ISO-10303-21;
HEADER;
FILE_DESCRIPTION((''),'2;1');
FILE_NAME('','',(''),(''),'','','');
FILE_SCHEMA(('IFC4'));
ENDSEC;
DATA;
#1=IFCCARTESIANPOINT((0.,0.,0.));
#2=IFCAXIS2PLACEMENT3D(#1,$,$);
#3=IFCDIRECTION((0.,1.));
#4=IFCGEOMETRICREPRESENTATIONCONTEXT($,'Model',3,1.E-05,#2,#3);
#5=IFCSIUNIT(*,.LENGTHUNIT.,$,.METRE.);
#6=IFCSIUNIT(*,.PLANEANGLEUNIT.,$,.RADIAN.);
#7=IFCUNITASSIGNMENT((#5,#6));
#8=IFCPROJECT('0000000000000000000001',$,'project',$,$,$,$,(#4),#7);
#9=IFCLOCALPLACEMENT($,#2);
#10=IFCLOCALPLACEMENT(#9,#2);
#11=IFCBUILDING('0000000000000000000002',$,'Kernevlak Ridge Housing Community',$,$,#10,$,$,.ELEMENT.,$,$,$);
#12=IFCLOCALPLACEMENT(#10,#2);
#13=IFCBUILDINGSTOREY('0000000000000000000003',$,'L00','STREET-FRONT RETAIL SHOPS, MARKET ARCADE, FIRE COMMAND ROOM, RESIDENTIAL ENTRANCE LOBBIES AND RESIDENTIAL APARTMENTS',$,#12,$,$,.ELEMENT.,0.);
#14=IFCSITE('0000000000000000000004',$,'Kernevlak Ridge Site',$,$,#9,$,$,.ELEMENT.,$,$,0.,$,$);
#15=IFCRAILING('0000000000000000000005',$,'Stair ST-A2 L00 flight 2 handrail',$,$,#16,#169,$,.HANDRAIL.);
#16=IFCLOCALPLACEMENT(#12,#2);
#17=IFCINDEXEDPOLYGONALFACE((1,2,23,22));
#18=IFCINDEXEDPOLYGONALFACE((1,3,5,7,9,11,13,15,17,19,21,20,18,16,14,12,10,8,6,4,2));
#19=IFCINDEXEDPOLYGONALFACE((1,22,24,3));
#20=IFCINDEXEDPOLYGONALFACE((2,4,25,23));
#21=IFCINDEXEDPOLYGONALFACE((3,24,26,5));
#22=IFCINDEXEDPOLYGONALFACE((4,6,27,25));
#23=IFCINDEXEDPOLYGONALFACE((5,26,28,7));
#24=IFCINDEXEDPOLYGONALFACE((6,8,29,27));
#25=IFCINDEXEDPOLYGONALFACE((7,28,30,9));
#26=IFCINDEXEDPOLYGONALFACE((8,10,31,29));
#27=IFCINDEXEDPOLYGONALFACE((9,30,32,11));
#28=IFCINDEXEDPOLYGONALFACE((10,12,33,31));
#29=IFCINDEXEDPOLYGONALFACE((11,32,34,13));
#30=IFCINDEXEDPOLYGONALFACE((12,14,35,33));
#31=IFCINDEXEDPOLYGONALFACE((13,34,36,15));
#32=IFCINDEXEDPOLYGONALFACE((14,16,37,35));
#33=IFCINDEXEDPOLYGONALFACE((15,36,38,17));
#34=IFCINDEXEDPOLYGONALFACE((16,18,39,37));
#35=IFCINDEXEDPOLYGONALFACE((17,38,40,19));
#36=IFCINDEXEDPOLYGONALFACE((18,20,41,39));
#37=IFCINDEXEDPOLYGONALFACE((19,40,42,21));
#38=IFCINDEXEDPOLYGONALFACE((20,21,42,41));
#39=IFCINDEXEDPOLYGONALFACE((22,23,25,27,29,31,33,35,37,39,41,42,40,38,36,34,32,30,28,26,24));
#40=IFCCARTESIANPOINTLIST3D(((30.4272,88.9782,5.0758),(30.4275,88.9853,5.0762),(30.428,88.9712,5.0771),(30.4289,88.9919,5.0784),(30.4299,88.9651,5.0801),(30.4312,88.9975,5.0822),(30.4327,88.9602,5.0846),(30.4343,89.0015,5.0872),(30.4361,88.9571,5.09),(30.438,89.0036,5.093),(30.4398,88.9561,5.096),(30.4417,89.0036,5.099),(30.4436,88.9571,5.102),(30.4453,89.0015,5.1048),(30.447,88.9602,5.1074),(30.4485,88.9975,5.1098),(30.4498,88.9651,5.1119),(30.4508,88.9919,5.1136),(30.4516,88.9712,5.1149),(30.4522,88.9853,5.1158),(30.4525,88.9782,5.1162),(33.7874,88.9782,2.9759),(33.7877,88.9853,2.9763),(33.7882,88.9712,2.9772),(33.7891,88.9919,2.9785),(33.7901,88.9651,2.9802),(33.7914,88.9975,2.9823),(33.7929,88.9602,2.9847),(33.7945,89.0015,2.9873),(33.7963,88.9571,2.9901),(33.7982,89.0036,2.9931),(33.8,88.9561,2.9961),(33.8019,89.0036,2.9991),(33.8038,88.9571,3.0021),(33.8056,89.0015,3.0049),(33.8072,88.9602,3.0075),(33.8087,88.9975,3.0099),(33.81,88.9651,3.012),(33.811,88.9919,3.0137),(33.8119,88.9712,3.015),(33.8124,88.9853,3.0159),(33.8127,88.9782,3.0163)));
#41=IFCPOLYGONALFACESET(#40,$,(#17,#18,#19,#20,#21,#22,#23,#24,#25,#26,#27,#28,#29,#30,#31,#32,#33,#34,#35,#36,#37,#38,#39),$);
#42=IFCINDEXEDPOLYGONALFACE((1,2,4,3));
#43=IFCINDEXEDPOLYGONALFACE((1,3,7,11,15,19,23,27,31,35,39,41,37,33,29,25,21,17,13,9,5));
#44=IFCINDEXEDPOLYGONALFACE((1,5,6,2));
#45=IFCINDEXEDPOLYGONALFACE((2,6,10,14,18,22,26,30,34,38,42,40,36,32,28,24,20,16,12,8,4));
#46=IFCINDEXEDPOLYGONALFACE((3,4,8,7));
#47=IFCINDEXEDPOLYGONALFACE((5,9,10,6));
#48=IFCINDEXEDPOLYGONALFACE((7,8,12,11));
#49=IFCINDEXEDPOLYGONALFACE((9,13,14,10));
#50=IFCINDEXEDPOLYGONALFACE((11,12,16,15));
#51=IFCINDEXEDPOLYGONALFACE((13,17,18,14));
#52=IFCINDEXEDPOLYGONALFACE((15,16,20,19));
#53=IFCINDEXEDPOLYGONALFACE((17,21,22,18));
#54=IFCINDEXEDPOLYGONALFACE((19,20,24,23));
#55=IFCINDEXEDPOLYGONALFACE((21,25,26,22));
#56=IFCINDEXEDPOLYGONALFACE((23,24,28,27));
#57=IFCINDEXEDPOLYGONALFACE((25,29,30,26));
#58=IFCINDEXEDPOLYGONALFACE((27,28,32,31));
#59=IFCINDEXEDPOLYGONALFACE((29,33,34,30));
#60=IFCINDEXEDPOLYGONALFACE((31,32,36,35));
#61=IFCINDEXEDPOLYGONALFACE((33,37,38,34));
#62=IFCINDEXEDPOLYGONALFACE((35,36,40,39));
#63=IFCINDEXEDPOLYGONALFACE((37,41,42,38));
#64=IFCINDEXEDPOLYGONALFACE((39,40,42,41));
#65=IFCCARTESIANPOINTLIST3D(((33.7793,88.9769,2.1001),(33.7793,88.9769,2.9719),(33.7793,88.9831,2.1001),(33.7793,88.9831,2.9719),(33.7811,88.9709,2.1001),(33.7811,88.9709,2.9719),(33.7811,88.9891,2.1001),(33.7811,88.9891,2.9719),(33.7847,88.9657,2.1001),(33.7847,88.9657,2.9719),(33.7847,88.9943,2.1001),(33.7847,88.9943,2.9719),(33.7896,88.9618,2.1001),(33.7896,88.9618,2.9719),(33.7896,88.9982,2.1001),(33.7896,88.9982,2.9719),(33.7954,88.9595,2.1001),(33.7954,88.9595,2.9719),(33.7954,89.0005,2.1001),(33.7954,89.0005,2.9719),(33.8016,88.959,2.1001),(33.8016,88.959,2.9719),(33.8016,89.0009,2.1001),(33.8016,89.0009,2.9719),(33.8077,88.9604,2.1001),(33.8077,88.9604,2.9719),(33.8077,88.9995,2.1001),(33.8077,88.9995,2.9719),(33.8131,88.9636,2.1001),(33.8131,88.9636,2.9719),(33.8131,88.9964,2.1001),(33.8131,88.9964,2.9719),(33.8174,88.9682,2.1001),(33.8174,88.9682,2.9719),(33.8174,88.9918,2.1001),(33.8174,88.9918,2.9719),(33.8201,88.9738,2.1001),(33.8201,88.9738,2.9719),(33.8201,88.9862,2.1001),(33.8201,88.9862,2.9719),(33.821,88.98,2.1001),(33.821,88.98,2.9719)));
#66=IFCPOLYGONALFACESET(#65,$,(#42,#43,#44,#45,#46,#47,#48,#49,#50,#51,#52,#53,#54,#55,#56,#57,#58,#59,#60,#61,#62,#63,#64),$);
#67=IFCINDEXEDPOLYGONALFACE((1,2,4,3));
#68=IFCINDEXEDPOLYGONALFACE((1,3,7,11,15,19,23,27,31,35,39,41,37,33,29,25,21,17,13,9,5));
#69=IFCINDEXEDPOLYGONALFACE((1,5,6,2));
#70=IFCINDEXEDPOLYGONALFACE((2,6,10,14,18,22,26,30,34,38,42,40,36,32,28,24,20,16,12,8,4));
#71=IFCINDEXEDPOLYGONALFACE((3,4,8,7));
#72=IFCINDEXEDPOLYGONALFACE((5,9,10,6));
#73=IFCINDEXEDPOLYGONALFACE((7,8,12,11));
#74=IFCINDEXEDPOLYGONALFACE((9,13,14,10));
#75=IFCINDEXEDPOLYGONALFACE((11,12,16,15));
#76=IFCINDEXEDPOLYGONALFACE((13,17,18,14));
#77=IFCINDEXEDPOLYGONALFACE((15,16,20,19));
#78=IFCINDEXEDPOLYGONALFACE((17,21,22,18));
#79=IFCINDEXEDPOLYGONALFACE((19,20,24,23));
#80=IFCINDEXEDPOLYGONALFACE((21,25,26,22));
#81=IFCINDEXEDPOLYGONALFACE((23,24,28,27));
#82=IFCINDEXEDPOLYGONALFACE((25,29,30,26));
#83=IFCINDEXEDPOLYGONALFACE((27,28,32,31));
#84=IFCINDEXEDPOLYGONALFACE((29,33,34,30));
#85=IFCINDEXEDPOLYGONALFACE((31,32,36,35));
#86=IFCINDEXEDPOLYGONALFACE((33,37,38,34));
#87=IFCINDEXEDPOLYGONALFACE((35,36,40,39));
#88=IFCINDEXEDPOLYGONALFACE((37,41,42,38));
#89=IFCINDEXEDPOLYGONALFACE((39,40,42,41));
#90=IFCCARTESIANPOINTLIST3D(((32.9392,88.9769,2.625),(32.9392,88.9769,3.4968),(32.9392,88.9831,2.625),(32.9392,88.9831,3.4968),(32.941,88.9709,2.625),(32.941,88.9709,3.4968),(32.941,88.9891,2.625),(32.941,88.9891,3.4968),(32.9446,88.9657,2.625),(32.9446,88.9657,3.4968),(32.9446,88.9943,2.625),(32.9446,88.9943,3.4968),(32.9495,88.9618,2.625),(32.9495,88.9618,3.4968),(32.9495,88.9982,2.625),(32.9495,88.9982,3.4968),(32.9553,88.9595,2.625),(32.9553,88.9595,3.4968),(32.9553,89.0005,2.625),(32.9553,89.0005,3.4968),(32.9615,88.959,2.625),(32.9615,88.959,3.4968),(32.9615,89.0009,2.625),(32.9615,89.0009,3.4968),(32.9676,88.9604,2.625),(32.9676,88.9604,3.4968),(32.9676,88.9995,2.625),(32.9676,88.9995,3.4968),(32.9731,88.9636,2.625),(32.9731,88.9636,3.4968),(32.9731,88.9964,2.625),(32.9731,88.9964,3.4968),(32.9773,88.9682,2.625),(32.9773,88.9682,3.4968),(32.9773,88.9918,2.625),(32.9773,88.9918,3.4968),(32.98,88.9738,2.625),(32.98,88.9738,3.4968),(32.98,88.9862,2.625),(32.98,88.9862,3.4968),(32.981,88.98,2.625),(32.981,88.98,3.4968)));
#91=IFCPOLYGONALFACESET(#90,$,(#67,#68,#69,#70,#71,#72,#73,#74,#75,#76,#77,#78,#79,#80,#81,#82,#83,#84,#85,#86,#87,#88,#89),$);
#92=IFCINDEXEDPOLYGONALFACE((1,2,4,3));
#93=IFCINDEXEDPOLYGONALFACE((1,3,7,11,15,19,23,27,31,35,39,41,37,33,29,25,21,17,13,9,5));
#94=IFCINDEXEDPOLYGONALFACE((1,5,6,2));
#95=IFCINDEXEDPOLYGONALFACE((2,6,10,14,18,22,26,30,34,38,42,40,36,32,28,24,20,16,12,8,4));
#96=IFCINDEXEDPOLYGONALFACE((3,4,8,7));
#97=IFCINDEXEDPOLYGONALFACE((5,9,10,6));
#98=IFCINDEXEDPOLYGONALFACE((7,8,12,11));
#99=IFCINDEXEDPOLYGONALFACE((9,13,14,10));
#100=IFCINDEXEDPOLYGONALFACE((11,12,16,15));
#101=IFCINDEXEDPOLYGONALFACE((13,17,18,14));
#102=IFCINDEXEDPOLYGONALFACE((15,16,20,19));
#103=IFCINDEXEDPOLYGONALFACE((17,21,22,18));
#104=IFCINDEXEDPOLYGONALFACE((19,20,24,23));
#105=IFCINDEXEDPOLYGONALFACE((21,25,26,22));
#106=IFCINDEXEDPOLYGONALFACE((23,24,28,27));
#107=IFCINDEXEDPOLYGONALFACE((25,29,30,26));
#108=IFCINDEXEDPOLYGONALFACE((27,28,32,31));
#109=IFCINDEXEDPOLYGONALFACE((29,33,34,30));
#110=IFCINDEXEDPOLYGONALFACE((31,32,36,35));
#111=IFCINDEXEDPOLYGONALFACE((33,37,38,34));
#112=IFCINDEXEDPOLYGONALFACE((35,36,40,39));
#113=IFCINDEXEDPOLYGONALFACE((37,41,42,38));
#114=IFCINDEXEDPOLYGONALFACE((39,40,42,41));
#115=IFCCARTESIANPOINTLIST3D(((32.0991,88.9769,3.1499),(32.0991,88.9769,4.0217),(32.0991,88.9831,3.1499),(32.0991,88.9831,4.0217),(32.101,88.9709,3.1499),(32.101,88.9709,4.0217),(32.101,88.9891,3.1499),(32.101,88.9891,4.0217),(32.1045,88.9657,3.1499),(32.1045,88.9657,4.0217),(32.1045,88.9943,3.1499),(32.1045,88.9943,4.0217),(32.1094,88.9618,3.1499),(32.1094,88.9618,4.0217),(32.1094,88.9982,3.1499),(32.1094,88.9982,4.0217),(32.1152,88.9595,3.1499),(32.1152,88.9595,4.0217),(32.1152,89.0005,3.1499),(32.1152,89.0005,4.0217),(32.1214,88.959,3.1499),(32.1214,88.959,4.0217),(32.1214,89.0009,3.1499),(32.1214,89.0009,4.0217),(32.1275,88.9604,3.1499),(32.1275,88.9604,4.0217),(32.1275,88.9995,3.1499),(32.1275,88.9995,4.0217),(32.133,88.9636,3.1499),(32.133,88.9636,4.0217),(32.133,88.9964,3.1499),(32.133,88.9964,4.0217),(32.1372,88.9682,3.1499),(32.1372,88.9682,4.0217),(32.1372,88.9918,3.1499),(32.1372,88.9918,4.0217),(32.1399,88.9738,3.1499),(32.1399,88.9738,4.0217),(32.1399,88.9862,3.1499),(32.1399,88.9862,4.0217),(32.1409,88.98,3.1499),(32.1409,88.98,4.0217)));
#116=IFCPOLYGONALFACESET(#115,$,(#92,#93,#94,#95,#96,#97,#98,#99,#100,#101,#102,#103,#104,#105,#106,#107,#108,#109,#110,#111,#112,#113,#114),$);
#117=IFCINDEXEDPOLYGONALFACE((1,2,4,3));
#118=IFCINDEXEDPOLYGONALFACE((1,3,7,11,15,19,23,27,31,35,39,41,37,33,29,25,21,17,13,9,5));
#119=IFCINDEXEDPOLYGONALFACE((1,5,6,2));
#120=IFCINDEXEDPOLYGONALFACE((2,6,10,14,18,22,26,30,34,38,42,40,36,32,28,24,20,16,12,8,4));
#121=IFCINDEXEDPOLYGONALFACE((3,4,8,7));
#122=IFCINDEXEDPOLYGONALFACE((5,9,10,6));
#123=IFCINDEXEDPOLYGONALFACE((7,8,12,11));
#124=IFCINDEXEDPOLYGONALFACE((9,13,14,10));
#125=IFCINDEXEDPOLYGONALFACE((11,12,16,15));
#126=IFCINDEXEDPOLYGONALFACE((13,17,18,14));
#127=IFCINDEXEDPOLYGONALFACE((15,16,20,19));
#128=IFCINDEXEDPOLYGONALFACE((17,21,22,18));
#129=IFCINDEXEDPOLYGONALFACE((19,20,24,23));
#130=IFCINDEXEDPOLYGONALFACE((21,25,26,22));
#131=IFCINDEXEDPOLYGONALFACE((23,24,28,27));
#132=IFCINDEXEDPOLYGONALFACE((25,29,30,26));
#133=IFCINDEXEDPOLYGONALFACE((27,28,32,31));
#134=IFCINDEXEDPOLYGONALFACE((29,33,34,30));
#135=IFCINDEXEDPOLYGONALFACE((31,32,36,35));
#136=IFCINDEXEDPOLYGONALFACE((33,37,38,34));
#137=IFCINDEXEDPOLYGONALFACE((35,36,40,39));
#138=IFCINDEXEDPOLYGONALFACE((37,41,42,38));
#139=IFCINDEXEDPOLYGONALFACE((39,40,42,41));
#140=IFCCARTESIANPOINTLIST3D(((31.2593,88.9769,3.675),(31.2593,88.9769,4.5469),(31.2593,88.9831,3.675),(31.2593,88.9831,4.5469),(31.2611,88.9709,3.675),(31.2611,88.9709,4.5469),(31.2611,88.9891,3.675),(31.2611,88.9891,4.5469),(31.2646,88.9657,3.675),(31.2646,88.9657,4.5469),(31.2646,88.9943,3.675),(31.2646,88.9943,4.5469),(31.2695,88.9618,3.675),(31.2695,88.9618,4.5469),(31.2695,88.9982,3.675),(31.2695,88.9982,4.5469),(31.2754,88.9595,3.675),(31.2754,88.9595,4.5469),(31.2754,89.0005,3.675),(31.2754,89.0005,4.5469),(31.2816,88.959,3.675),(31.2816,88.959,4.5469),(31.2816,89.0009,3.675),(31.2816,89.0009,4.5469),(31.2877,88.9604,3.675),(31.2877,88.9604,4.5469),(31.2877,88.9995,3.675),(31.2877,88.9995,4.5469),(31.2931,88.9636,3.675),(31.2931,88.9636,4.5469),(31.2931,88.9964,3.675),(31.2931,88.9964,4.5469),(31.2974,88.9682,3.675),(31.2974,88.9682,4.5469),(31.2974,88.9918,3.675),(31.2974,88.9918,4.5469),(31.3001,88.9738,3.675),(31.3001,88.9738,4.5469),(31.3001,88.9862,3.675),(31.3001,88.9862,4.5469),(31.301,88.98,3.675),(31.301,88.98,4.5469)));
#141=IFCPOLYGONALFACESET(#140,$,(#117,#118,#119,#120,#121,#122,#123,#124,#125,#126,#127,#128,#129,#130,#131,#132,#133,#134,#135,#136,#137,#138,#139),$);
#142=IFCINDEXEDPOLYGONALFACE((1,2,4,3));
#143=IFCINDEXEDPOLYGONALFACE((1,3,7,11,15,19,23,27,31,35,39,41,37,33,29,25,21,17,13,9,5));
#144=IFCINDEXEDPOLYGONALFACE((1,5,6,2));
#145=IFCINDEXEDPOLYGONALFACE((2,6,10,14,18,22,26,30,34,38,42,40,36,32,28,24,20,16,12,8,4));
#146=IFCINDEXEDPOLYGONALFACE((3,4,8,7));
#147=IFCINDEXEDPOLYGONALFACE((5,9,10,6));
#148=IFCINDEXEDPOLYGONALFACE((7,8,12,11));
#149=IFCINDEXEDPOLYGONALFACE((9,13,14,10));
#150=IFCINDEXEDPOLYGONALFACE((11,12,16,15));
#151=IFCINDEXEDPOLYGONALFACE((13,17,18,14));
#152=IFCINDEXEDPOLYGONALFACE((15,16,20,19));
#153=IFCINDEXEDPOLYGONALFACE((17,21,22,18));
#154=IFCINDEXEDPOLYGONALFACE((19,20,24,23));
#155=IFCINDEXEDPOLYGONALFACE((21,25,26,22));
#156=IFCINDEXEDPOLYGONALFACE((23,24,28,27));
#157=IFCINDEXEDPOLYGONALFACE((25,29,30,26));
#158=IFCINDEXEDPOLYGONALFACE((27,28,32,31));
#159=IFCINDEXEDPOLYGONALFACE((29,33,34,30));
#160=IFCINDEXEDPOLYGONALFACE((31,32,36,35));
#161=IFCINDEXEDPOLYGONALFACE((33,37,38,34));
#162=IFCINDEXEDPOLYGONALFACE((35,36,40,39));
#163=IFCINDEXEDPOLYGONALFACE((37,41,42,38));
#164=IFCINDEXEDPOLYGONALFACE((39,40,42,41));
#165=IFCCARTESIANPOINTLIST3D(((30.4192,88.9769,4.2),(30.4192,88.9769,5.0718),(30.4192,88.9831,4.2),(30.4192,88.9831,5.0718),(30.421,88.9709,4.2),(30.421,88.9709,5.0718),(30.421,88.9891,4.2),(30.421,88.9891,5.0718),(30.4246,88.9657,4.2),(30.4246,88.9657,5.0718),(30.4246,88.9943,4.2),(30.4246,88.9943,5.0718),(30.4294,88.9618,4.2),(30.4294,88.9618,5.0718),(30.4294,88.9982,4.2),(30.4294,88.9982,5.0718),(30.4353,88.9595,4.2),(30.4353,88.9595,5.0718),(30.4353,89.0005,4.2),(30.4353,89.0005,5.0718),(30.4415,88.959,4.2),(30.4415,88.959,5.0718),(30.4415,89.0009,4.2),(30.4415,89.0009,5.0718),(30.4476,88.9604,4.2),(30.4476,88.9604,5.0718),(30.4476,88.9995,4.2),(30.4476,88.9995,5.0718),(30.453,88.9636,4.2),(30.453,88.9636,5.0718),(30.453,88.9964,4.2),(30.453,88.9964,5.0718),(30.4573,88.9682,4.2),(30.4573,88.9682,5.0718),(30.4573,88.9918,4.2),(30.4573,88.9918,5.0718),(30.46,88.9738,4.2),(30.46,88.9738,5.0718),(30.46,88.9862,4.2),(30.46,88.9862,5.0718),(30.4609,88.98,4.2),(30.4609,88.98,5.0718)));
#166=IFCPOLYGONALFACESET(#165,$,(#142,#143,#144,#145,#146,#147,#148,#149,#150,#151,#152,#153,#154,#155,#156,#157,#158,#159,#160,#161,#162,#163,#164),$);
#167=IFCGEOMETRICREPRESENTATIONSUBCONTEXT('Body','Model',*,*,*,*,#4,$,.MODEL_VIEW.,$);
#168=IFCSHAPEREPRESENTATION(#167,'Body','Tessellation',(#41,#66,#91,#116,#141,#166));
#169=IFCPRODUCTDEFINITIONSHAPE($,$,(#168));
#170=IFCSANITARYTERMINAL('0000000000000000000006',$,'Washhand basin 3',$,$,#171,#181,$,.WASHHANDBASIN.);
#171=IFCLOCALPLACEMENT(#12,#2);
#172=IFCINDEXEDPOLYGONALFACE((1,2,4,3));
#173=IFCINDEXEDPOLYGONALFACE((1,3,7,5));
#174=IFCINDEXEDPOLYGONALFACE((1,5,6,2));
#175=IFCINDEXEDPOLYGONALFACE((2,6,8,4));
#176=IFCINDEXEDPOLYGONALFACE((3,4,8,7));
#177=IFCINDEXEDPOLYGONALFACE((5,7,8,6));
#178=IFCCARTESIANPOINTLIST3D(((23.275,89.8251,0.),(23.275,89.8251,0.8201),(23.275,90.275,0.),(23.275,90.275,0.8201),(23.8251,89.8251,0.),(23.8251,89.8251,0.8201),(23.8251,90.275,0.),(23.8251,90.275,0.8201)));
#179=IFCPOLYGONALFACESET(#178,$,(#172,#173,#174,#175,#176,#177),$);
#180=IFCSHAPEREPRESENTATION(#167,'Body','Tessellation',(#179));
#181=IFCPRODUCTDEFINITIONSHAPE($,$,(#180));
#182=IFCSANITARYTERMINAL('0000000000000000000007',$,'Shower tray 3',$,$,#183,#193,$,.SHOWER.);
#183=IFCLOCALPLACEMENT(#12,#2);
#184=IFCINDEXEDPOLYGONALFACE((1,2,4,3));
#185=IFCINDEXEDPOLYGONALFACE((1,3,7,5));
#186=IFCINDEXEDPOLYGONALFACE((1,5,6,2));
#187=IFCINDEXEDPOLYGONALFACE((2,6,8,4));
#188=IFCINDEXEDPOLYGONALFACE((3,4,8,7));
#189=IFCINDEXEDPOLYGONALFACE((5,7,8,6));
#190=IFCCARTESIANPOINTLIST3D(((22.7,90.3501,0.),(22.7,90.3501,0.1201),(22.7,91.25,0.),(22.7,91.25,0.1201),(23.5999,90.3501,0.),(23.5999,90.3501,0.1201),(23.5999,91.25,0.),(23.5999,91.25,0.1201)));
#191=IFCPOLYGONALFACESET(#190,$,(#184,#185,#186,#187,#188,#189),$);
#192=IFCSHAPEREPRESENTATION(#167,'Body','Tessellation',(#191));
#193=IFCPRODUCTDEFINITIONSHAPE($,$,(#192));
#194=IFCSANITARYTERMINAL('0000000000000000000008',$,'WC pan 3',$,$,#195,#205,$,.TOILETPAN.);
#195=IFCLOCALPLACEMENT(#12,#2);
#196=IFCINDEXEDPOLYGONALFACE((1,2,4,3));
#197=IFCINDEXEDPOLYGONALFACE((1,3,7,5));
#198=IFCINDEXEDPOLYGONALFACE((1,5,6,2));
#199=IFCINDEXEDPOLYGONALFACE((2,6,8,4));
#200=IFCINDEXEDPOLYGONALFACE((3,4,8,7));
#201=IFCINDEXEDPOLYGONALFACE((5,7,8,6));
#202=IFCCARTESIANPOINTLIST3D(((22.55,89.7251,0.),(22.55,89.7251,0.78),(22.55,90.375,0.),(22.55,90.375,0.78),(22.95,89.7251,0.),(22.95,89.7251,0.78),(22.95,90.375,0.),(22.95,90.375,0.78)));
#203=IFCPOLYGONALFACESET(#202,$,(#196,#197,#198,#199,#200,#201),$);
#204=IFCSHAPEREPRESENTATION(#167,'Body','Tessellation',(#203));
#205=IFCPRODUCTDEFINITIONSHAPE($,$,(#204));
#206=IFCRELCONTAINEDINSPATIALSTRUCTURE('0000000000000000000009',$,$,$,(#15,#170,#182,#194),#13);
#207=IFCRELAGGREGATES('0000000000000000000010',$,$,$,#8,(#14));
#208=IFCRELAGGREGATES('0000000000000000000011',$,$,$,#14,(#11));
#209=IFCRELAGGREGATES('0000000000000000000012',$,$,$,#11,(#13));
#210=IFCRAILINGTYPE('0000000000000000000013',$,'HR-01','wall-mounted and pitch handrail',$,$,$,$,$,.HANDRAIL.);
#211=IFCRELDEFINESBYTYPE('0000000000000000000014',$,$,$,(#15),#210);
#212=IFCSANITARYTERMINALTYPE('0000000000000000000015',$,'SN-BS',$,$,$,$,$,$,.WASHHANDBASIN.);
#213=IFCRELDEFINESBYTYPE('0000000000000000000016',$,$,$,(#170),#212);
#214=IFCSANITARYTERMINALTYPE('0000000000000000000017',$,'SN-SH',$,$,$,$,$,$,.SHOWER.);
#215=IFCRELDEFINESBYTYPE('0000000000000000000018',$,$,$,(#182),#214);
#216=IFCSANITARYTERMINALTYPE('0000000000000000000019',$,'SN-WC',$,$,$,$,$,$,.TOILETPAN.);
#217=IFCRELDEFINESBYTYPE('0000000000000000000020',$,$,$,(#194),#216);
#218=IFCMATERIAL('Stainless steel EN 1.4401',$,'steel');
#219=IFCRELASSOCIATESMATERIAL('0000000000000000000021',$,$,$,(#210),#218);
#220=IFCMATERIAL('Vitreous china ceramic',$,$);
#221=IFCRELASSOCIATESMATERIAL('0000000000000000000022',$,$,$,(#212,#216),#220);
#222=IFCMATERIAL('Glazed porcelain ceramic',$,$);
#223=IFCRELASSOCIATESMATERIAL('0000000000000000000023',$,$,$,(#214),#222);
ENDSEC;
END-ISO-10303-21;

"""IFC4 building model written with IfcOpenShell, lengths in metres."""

from ifc_helpers import new_model, si_unit, direction, frame, origin, origin_2d, place, context, subcontext, project, spatial, rectangle, circle, extrude, material, type_object, element, save


model = new_model("IFC4")

# Units and contexts
model_context = context("Model", 3, precision=1e-05, world=origin(), true_north=direction((0.0, 1.0)))
body_context = subcontext(model_context, "Body", "Model", "MODEL_VIEW")
ifc_project = project(units=[si_unit("LENGTHUNIT", "METRE"), si_unit("PLANEANGLEUNIT", "RADIAN")], contexts=[model_context])

# Site, building, storey
site_placement = place(None, origin())
site = spatial("IfcSite", under=ifc_project, at=site_placement, Name="Kernevlak Ridge Site", CompositionType="ELEMENT", RefElevation=0.0)
building_placement = place(site_placement, origin())
building = spatial("IfcBuilding", under=site, at=building_placement, Name="Kernevlak Ridge Housing Community", CompositionType="ELEMENT")
storey_placement = place(building_placement, origin())
storey = spatial("IfcBuildingStorey", under=building, at=storey_placement, Name="L00", Description="STREET-FRONT RETAIL SHOPS, MARKET ARCADE, FIRE COMMAND ROOM, RESIDENTIAL ENTRANCE LOBBIES AND RESIDENTIAL APARTMENTS", CompositionType="ELEMENT", Elevation=0.0)

# Railing
ifc_material_1 = material(Name="Stainless steel EN 1.4401", Category="steel")
railing_type_1 = type_object("IfcRailingType", Name="HR-01", Description="wall-mounted and pitch handrail", PredefinedType="HANDRAIL", material=ifc_material_1)
railing_1_placement = place(storey_placement, frame((33.8, 88.98, 2.1001)))
element("IfcRailing", 1, at=railing_1_placement, inside=storey, type_object=railing_type_1, Name="Stair ST-A2 L00 flight 2 handrail", PredefinedType="HANDRAIL", context=body_context, shape_type="SweptSolid", body=[
    extrude(circle(Radius=0.0239, at=origin_2d()), frame((0.0, 0.0, 0.896), z_axis=(-0.848023, 0.0, 0.52996), x_axis=(0.0, -1.0, 0.0)), (0.0, 0.0, 1.0), 3.9624),
    extrude(circle(Radius=0.021, at=origin_2d()), origin(), (0.0, 0.0, 1.0), 0.8718),
    extrude(circle(Radius=0.021, at=origin_2d()), frame((-0.8401, 0.0, 0.5249)), (0.0, 0.0, 1.0), 0.8718),
    extrude(circle(Radius=0.021, at=origin_2d()), frame((-1.6802, 0.0, 1.0498)), (0.0, 0.0, 1.0), 0.8718),
    extrude(circle(Radius=0.021, at=origin_2d()), frame((-2.52, 0.0, 1.575)), (0.0, 0.0, 1.0), 0.8718),
    extrude(circle(Radius=0.021, at=origin_2d()), frame((-3.3601, 0.0, 2.0999)), (0.0, 0.0, 1.0), 0.8718),
])

# Sanitary terminals
ifc_material_2 = material(Name="Vitreous china ceramic")
sanitary_terminal_type_1 = type_object("IfcSanitaryTerminalType", Name="SN-BS", PredefinedType="WASHHANDBASIN", material=ifc_material_2)
sanitary_terminal_1_placement = place(storey_placement, frame((23.55, 90.05, 0.0), z_axis=(0.0, 0.0, 1.0), x_axis=(1.0, 0.0, 0.0)))
element("IfcSanitaryTerminal", 2, at=sanitary_terminal_1_placement, inside=storey, type_object=sanitary_terminal_type_1, Name="Washhand basin 3", PredefinedType="WASHHANDBASIN", context=body_context, shape_type="SweptSolid", body=[
    extrude(rectangle(XDim=0.55, YDim=0.45, at=origin_2d()), origin(), (0.0, 0.0, 1.0), 0.8201),
])
ifc_material_3 = material(Name="Glazed porcelain ceramic")
sanitary_terminal_type_2 = type_object("IfcSanitaryTerminalType", Name="SN-SH", PredefinedType="SHOWER", material=ifc_material_3)
sanitary_terminal_2_placement = place(storey_placement, frame((23.1499, 90.8, 0.0), z_axis=(0.0, 0.0, 1.0), x_axis=(1.0, 0.0, 0.0)))
element("IfcSanitaryTerminal", 3, at=sanitary_terminal_2_placement, inside=storey, type_object=sanitary_terminal_type_2, Name="Shower tray 3", PredefinedType="SHOWER", context=body_context, shape_type="SweptSolid", body=[
    extrude(rectangle(XDim=0.8999, YDim=0.8999, at=origin_2d()), origin(), (0.0, 0.0, 1.0), 0.1201),
])
sanitary_terminal_type_3 = type_object("IfcSanitaryTerminalType", Name="SN-WC", PredefinedType="TOILETPAN", material=ifc_material_2)
sanitary_terminal_3_placement = place(storey_placement, frame((22.75, 90.05, 0.0), z_axis=(0.0, 0.0, 1.0), x_axis=(1.0, 0.0, 0.0)))
element("IfcSanitaryTerminal", 4, at=sanitary_terminal_3_placement, inside=storey, type_object=sanitary_terminal_type_3, Name="WC pan 3", PredefinedType="TOILETPAN", context=body_context, shape_type="SweptSolid", body=[
    extrude(rectangle(XDim=0.3999, YDim=0.6499, at=origin_2d()), origin(), (0.0, 0.0, 1.0), 0.78),
])

save(model, "model.ifc")
